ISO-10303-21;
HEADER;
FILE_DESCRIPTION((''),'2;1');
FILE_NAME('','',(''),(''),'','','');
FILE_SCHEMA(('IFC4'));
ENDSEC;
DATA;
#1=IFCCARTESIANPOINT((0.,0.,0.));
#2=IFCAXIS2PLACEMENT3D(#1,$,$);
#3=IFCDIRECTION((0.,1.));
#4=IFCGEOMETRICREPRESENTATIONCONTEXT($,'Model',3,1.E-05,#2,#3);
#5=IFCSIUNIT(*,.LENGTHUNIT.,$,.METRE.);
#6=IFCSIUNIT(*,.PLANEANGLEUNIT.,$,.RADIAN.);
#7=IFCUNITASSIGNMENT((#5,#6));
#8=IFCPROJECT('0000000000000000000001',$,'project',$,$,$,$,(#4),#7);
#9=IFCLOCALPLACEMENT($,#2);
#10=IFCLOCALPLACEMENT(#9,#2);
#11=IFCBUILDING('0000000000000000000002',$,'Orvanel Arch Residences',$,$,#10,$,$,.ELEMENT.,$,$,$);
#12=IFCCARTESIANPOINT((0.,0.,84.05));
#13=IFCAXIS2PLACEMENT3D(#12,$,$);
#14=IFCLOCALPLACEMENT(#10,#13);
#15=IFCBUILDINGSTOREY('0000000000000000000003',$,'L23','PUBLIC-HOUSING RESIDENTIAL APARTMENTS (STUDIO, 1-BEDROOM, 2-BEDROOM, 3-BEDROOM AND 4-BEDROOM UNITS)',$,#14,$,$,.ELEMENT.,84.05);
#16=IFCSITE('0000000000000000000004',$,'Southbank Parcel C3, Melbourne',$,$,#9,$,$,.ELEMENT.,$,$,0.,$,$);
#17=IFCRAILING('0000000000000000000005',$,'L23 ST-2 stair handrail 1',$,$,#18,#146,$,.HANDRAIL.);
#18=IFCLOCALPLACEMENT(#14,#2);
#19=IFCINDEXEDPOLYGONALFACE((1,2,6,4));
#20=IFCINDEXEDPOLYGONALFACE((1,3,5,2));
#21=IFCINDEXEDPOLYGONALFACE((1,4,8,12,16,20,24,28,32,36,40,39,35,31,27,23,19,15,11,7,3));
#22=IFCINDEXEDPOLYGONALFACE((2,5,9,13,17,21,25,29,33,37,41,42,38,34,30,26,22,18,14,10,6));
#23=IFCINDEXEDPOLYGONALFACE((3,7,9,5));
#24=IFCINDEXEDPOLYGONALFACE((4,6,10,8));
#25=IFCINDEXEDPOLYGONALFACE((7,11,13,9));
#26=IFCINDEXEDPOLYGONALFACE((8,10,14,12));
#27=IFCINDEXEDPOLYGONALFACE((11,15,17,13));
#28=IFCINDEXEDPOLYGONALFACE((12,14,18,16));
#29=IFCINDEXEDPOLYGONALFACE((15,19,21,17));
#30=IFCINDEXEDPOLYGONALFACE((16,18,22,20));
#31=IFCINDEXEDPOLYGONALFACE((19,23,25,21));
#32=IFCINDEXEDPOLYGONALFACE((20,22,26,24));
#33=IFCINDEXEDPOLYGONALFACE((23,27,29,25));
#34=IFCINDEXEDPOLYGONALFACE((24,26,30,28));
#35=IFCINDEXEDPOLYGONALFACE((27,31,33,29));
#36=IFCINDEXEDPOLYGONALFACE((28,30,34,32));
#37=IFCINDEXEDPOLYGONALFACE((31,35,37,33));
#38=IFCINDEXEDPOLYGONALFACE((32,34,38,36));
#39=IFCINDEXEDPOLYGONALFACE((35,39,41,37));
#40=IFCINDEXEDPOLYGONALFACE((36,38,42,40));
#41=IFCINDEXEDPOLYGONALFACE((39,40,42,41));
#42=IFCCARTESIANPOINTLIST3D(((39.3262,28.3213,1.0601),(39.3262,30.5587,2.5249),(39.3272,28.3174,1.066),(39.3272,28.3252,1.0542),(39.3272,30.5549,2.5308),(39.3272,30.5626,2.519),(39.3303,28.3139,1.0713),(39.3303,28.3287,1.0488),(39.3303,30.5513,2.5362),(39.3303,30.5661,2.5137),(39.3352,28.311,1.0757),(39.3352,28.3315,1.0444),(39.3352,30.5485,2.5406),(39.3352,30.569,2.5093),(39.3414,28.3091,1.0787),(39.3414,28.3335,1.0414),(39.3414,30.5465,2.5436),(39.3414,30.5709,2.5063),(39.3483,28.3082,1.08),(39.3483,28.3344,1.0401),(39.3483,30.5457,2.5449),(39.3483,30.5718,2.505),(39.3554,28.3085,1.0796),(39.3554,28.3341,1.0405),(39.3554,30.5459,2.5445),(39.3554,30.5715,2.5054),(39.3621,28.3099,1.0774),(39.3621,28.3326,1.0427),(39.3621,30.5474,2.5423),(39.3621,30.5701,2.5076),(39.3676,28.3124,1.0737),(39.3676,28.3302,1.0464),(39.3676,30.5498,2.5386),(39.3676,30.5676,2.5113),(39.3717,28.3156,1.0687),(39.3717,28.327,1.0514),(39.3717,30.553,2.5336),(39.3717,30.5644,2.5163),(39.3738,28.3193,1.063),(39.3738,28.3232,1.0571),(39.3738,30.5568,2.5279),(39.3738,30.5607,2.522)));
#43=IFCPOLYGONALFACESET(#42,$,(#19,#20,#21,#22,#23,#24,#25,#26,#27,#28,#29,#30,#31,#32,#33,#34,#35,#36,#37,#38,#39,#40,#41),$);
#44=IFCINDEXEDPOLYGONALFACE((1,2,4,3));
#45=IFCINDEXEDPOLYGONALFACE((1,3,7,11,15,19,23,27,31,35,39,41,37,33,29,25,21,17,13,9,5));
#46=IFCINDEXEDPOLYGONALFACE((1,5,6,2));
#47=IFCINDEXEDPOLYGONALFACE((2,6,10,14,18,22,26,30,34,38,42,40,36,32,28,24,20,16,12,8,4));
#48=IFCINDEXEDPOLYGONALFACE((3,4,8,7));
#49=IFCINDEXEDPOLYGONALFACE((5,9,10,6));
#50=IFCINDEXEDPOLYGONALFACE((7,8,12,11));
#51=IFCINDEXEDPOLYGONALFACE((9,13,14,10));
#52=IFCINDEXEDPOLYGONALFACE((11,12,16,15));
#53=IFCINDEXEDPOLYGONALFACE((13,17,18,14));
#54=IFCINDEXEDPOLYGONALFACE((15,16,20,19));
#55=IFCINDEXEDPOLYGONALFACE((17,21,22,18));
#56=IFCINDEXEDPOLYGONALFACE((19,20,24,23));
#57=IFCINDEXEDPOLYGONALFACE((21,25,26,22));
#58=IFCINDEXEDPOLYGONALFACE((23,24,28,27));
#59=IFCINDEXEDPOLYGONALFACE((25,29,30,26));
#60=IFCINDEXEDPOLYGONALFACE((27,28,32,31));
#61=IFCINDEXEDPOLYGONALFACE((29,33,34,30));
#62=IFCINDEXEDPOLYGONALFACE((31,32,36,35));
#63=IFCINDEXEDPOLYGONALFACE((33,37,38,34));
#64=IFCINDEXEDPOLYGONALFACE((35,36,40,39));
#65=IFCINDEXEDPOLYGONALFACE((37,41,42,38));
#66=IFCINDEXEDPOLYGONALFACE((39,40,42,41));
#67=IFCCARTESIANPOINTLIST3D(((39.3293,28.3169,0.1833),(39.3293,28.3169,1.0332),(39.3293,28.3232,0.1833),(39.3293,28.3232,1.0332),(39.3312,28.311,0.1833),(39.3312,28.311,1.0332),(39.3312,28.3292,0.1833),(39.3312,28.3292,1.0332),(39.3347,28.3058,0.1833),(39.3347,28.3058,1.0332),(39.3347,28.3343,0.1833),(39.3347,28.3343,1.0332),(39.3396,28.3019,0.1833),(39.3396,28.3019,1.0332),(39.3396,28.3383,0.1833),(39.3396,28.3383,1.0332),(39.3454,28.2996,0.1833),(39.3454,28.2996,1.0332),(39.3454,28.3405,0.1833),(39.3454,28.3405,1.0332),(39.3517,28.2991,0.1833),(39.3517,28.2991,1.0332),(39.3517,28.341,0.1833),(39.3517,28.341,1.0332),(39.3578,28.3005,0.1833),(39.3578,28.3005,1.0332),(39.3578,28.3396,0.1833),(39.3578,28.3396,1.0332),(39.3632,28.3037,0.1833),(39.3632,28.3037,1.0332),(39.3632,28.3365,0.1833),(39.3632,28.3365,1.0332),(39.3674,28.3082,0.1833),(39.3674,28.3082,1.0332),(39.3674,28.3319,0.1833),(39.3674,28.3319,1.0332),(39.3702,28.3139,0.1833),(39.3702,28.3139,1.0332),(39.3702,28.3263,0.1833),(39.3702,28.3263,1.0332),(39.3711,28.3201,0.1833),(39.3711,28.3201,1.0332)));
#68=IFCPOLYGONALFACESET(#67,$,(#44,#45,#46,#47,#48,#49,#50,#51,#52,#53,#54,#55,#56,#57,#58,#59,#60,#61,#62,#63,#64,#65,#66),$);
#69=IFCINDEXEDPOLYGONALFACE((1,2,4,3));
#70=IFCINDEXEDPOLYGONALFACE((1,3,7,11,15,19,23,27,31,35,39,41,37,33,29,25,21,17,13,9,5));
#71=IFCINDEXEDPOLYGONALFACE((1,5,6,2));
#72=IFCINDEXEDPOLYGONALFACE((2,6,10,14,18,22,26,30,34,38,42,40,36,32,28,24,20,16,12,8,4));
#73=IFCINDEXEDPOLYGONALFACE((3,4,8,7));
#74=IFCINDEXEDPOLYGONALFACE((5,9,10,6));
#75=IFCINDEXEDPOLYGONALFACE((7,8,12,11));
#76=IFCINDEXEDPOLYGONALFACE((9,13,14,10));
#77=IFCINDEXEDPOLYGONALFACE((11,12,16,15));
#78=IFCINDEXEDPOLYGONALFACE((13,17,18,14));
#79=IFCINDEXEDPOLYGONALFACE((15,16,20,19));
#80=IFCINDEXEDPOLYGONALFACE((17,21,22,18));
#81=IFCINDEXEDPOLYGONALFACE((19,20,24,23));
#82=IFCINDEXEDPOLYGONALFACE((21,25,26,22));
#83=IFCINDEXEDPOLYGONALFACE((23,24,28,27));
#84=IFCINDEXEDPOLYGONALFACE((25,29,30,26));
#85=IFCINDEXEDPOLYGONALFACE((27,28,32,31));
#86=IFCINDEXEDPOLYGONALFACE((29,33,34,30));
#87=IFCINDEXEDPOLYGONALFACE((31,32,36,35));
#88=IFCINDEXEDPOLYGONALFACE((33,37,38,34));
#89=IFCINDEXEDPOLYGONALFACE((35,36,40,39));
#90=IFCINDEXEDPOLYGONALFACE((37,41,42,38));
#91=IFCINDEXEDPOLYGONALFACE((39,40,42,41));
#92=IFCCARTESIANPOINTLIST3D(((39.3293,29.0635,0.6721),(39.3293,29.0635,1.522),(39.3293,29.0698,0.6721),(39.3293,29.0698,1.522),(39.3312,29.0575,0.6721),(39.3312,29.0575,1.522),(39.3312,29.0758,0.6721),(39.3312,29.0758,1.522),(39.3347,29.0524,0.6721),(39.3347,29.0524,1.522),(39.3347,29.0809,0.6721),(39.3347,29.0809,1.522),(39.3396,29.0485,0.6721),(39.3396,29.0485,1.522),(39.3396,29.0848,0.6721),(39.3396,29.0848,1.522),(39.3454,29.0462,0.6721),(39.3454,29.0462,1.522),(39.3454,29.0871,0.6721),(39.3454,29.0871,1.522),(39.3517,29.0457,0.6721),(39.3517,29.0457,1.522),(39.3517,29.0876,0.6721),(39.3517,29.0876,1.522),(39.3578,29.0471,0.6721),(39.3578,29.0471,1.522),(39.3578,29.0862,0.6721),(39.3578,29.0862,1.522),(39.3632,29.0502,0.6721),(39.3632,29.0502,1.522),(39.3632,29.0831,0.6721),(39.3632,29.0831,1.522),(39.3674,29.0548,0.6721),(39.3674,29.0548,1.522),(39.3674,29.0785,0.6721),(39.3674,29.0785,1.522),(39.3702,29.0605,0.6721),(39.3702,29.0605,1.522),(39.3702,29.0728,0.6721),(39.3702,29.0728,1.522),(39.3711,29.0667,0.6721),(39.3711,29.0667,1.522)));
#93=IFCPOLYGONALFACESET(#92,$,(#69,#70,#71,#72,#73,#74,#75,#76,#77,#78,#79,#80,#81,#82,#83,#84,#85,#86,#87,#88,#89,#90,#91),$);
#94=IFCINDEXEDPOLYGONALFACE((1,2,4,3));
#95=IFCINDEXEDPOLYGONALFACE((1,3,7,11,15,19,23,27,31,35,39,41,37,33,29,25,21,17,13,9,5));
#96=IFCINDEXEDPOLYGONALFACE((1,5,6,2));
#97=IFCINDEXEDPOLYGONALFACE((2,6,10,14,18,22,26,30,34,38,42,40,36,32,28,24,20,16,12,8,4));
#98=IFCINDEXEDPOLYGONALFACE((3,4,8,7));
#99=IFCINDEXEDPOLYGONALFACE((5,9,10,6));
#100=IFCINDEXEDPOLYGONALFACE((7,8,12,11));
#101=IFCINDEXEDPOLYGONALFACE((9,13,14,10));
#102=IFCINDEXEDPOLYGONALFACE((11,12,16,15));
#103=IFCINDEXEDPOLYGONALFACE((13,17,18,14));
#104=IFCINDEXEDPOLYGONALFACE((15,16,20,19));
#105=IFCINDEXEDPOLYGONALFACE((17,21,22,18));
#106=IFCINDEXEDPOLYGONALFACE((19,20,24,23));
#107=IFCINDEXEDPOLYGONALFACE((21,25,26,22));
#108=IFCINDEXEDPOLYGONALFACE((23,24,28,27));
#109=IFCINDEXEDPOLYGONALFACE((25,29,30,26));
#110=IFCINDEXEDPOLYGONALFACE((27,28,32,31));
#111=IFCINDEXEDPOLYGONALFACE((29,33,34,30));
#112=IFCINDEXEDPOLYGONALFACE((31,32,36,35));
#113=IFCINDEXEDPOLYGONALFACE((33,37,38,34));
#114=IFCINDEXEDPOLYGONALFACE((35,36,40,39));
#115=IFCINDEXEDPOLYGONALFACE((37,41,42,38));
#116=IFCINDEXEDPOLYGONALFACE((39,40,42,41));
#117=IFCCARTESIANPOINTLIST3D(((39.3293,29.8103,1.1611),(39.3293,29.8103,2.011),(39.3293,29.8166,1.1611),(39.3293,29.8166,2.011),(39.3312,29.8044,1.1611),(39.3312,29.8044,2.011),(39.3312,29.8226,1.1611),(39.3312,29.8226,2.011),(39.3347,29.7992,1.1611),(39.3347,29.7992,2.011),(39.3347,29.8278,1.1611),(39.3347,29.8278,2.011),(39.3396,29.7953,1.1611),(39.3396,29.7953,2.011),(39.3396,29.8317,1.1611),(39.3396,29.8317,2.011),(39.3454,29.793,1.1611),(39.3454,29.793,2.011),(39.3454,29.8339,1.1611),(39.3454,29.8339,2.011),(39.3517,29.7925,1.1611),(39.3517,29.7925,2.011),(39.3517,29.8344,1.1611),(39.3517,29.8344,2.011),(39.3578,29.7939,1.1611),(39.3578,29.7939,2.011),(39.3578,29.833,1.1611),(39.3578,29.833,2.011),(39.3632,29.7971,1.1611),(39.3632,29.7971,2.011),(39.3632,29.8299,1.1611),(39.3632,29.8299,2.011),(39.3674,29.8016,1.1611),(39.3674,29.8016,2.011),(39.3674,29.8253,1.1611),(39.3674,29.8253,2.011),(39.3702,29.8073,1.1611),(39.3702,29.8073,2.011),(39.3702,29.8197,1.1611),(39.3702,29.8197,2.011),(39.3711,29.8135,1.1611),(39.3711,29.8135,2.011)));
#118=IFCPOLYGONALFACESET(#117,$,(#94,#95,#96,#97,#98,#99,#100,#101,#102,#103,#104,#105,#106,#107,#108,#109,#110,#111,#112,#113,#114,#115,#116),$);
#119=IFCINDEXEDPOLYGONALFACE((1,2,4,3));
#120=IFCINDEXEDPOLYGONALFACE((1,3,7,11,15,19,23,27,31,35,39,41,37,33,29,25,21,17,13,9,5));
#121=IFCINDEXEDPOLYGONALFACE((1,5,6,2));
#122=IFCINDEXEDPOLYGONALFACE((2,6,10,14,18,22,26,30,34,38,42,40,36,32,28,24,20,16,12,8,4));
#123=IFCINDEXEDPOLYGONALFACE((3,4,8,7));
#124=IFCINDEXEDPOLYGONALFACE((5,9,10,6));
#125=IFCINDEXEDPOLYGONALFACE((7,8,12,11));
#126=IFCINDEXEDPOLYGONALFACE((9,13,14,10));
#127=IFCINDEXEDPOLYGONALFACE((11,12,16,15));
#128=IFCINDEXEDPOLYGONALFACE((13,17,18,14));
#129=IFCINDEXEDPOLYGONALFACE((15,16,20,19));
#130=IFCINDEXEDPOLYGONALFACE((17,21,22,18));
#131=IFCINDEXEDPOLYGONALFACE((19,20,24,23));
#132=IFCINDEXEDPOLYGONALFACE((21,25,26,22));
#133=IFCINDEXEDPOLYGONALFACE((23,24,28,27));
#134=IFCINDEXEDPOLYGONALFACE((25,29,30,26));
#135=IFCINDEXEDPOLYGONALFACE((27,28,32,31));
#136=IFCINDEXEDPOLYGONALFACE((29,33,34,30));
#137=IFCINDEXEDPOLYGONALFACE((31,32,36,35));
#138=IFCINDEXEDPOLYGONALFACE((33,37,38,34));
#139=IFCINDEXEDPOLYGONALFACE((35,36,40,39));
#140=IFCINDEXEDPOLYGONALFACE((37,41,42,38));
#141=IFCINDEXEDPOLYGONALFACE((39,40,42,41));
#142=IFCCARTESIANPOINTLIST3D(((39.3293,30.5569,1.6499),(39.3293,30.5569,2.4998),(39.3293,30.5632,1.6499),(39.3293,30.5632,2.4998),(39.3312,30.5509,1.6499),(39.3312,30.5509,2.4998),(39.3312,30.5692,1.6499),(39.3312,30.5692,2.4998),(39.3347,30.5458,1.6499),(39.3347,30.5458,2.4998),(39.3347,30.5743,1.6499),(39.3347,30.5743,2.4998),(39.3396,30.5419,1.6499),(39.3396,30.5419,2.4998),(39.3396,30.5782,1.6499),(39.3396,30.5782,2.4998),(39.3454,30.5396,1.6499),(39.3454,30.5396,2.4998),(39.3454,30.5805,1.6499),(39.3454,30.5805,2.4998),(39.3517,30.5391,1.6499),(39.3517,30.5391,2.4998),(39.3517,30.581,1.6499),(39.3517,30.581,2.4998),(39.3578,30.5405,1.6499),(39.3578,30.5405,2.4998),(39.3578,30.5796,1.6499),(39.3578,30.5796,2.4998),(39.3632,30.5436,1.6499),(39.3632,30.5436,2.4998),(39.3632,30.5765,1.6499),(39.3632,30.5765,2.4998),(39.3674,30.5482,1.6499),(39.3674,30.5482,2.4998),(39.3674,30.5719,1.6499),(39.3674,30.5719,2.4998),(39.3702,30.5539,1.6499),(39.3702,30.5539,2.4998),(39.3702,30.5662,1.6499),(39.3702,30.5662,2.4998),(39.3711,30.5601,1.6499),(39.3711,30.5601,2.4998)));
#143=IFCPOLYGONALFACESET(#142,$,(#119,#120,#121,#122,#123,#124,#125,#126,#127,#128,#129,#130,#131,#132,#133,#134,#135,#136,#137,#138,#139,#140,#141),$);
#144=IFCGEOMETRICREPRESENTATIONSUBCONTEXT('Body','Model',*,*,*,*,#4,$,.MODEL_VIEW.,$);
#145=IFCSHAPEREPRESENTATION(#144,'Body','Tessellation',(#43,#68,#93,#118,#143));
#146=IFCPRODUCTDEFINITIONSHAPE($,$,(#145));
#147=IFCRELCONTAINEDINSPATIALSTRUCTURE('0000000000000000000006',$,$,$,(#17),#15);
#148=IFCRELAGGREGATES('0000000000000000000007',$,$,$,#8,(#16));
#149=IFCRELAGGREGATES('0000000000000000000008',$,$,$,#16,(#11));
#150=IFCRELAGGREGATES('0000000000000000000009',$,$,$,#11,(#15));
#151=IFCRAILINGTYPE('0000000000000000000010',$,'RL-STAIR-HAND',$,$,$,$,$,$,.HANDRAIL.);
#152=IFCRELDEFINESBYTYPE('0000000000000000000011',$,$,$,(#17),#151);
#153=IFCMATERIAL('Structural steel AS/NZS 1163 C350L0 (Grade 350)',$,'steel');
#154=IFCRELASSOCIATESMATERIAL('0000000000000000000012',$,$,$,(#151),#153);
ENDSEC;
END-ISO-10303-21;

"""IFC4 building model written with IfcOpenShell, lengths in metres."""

from ifc_helpers import new_model, si_unit, direction, frame, origin, origin_2d, place, context, subcontext, project, spatial, circle, extrude, material, type_object, element, save


model = new_model("IFC4")

# Units and contexts
model_context = context("Model", 3, precision=1e-05, world=origin(), true_north=direction((0.0, 1.0)))
body_context = subcontext(model_context, "Body", "Model", "MODEL_VIEW")
ifc_project = project(units=[si_unit("LENGTHUNIT", "METRE"), si_unit("PLANEANGLEUNIT", "RADIAN")], contexts=[model_context])

# Site, building, storey
site_placement = place(None, origin())
site = spatial("IfcSite", under=ifc_project, at=site_placement, Name="Southbank Parcel C3, Melbourne", CompositionType="ELEMENT", RefElevation=0.0)
building_placement = place(site_placement, origin())
building = spatial("IfcBuilding", under=site, at=building_placement, Name="Orvanel Arch Residences", CompositionType="ELEMENT")
storey_placement = place(building_placement, frame((0.0, 0.0, 84.05)))
storey = spatial("IfcBuildingStorey", under=building, at=storey_placement, Name="L23", Description="PUBLIC-HOUSING RESIDENTIAL APARTMENTS (STUDIO, 1-BEDROOM, 2-BEDROOM, 3-BEDROOM AND 4-BEDROOM UNITS)", CompositionType="ELEMENT", Elevation=84.05)

# Railing
ifc_material_1 = material(Name="Structural steel AS/NZS 1163 C350L0 (Grade 350)", Category="steel")
railing_type_1 = type_object("IfcRailingType", Name="RL-STAIR-HAND", PredefinedType="HANDRAIL", material=ifc_material_1)
railing_1_placement = place(storey_placement, frame((39.3501, 28.3201, 0.1833)))
element("IfcRailing", 1, at=railing_1_placement, inside=storey, type_object=railing_type_1, Name="L23 ST-2 stair handrail 1", PredefinedType="HANDRAIL", context=body_context, shape_type="SweptSolid", body=[
    extrude(circle(Radius=0.0239, at=origin_2d()), frame((0.0, 0.0012, 0.8767), z_axis=(0.0, 0.836637, 0.547758), x_axis=(-1.0, 0.0, 0.0)), (0.0, 0.0, 1.0), 2.6743),
    extrude(circle(Radius=0.021, at=origin_2d()), origin(), (0.0, 0.0, 1.0), 0.8499),
    extrude(circle(Radius=0.021, at=origin_2d()), frame((0.0, 0.7466, 0.4888)), (0.0, 0.0, 1.0), 0.8499),
    extrude(circle(Radius=0.021, at=origin_2d()), frame((0.0, 1.4934, 0.9778)), (0.0, 0.0, 1.0), 0.8499),
    extrude(circle(Radius=0.021, at=origin_2d()), frame((0.0, 2.24, 1.4666)), (0.0, 0.0, 1.0), 0.8499),
])

save(model, "model.ifc")
